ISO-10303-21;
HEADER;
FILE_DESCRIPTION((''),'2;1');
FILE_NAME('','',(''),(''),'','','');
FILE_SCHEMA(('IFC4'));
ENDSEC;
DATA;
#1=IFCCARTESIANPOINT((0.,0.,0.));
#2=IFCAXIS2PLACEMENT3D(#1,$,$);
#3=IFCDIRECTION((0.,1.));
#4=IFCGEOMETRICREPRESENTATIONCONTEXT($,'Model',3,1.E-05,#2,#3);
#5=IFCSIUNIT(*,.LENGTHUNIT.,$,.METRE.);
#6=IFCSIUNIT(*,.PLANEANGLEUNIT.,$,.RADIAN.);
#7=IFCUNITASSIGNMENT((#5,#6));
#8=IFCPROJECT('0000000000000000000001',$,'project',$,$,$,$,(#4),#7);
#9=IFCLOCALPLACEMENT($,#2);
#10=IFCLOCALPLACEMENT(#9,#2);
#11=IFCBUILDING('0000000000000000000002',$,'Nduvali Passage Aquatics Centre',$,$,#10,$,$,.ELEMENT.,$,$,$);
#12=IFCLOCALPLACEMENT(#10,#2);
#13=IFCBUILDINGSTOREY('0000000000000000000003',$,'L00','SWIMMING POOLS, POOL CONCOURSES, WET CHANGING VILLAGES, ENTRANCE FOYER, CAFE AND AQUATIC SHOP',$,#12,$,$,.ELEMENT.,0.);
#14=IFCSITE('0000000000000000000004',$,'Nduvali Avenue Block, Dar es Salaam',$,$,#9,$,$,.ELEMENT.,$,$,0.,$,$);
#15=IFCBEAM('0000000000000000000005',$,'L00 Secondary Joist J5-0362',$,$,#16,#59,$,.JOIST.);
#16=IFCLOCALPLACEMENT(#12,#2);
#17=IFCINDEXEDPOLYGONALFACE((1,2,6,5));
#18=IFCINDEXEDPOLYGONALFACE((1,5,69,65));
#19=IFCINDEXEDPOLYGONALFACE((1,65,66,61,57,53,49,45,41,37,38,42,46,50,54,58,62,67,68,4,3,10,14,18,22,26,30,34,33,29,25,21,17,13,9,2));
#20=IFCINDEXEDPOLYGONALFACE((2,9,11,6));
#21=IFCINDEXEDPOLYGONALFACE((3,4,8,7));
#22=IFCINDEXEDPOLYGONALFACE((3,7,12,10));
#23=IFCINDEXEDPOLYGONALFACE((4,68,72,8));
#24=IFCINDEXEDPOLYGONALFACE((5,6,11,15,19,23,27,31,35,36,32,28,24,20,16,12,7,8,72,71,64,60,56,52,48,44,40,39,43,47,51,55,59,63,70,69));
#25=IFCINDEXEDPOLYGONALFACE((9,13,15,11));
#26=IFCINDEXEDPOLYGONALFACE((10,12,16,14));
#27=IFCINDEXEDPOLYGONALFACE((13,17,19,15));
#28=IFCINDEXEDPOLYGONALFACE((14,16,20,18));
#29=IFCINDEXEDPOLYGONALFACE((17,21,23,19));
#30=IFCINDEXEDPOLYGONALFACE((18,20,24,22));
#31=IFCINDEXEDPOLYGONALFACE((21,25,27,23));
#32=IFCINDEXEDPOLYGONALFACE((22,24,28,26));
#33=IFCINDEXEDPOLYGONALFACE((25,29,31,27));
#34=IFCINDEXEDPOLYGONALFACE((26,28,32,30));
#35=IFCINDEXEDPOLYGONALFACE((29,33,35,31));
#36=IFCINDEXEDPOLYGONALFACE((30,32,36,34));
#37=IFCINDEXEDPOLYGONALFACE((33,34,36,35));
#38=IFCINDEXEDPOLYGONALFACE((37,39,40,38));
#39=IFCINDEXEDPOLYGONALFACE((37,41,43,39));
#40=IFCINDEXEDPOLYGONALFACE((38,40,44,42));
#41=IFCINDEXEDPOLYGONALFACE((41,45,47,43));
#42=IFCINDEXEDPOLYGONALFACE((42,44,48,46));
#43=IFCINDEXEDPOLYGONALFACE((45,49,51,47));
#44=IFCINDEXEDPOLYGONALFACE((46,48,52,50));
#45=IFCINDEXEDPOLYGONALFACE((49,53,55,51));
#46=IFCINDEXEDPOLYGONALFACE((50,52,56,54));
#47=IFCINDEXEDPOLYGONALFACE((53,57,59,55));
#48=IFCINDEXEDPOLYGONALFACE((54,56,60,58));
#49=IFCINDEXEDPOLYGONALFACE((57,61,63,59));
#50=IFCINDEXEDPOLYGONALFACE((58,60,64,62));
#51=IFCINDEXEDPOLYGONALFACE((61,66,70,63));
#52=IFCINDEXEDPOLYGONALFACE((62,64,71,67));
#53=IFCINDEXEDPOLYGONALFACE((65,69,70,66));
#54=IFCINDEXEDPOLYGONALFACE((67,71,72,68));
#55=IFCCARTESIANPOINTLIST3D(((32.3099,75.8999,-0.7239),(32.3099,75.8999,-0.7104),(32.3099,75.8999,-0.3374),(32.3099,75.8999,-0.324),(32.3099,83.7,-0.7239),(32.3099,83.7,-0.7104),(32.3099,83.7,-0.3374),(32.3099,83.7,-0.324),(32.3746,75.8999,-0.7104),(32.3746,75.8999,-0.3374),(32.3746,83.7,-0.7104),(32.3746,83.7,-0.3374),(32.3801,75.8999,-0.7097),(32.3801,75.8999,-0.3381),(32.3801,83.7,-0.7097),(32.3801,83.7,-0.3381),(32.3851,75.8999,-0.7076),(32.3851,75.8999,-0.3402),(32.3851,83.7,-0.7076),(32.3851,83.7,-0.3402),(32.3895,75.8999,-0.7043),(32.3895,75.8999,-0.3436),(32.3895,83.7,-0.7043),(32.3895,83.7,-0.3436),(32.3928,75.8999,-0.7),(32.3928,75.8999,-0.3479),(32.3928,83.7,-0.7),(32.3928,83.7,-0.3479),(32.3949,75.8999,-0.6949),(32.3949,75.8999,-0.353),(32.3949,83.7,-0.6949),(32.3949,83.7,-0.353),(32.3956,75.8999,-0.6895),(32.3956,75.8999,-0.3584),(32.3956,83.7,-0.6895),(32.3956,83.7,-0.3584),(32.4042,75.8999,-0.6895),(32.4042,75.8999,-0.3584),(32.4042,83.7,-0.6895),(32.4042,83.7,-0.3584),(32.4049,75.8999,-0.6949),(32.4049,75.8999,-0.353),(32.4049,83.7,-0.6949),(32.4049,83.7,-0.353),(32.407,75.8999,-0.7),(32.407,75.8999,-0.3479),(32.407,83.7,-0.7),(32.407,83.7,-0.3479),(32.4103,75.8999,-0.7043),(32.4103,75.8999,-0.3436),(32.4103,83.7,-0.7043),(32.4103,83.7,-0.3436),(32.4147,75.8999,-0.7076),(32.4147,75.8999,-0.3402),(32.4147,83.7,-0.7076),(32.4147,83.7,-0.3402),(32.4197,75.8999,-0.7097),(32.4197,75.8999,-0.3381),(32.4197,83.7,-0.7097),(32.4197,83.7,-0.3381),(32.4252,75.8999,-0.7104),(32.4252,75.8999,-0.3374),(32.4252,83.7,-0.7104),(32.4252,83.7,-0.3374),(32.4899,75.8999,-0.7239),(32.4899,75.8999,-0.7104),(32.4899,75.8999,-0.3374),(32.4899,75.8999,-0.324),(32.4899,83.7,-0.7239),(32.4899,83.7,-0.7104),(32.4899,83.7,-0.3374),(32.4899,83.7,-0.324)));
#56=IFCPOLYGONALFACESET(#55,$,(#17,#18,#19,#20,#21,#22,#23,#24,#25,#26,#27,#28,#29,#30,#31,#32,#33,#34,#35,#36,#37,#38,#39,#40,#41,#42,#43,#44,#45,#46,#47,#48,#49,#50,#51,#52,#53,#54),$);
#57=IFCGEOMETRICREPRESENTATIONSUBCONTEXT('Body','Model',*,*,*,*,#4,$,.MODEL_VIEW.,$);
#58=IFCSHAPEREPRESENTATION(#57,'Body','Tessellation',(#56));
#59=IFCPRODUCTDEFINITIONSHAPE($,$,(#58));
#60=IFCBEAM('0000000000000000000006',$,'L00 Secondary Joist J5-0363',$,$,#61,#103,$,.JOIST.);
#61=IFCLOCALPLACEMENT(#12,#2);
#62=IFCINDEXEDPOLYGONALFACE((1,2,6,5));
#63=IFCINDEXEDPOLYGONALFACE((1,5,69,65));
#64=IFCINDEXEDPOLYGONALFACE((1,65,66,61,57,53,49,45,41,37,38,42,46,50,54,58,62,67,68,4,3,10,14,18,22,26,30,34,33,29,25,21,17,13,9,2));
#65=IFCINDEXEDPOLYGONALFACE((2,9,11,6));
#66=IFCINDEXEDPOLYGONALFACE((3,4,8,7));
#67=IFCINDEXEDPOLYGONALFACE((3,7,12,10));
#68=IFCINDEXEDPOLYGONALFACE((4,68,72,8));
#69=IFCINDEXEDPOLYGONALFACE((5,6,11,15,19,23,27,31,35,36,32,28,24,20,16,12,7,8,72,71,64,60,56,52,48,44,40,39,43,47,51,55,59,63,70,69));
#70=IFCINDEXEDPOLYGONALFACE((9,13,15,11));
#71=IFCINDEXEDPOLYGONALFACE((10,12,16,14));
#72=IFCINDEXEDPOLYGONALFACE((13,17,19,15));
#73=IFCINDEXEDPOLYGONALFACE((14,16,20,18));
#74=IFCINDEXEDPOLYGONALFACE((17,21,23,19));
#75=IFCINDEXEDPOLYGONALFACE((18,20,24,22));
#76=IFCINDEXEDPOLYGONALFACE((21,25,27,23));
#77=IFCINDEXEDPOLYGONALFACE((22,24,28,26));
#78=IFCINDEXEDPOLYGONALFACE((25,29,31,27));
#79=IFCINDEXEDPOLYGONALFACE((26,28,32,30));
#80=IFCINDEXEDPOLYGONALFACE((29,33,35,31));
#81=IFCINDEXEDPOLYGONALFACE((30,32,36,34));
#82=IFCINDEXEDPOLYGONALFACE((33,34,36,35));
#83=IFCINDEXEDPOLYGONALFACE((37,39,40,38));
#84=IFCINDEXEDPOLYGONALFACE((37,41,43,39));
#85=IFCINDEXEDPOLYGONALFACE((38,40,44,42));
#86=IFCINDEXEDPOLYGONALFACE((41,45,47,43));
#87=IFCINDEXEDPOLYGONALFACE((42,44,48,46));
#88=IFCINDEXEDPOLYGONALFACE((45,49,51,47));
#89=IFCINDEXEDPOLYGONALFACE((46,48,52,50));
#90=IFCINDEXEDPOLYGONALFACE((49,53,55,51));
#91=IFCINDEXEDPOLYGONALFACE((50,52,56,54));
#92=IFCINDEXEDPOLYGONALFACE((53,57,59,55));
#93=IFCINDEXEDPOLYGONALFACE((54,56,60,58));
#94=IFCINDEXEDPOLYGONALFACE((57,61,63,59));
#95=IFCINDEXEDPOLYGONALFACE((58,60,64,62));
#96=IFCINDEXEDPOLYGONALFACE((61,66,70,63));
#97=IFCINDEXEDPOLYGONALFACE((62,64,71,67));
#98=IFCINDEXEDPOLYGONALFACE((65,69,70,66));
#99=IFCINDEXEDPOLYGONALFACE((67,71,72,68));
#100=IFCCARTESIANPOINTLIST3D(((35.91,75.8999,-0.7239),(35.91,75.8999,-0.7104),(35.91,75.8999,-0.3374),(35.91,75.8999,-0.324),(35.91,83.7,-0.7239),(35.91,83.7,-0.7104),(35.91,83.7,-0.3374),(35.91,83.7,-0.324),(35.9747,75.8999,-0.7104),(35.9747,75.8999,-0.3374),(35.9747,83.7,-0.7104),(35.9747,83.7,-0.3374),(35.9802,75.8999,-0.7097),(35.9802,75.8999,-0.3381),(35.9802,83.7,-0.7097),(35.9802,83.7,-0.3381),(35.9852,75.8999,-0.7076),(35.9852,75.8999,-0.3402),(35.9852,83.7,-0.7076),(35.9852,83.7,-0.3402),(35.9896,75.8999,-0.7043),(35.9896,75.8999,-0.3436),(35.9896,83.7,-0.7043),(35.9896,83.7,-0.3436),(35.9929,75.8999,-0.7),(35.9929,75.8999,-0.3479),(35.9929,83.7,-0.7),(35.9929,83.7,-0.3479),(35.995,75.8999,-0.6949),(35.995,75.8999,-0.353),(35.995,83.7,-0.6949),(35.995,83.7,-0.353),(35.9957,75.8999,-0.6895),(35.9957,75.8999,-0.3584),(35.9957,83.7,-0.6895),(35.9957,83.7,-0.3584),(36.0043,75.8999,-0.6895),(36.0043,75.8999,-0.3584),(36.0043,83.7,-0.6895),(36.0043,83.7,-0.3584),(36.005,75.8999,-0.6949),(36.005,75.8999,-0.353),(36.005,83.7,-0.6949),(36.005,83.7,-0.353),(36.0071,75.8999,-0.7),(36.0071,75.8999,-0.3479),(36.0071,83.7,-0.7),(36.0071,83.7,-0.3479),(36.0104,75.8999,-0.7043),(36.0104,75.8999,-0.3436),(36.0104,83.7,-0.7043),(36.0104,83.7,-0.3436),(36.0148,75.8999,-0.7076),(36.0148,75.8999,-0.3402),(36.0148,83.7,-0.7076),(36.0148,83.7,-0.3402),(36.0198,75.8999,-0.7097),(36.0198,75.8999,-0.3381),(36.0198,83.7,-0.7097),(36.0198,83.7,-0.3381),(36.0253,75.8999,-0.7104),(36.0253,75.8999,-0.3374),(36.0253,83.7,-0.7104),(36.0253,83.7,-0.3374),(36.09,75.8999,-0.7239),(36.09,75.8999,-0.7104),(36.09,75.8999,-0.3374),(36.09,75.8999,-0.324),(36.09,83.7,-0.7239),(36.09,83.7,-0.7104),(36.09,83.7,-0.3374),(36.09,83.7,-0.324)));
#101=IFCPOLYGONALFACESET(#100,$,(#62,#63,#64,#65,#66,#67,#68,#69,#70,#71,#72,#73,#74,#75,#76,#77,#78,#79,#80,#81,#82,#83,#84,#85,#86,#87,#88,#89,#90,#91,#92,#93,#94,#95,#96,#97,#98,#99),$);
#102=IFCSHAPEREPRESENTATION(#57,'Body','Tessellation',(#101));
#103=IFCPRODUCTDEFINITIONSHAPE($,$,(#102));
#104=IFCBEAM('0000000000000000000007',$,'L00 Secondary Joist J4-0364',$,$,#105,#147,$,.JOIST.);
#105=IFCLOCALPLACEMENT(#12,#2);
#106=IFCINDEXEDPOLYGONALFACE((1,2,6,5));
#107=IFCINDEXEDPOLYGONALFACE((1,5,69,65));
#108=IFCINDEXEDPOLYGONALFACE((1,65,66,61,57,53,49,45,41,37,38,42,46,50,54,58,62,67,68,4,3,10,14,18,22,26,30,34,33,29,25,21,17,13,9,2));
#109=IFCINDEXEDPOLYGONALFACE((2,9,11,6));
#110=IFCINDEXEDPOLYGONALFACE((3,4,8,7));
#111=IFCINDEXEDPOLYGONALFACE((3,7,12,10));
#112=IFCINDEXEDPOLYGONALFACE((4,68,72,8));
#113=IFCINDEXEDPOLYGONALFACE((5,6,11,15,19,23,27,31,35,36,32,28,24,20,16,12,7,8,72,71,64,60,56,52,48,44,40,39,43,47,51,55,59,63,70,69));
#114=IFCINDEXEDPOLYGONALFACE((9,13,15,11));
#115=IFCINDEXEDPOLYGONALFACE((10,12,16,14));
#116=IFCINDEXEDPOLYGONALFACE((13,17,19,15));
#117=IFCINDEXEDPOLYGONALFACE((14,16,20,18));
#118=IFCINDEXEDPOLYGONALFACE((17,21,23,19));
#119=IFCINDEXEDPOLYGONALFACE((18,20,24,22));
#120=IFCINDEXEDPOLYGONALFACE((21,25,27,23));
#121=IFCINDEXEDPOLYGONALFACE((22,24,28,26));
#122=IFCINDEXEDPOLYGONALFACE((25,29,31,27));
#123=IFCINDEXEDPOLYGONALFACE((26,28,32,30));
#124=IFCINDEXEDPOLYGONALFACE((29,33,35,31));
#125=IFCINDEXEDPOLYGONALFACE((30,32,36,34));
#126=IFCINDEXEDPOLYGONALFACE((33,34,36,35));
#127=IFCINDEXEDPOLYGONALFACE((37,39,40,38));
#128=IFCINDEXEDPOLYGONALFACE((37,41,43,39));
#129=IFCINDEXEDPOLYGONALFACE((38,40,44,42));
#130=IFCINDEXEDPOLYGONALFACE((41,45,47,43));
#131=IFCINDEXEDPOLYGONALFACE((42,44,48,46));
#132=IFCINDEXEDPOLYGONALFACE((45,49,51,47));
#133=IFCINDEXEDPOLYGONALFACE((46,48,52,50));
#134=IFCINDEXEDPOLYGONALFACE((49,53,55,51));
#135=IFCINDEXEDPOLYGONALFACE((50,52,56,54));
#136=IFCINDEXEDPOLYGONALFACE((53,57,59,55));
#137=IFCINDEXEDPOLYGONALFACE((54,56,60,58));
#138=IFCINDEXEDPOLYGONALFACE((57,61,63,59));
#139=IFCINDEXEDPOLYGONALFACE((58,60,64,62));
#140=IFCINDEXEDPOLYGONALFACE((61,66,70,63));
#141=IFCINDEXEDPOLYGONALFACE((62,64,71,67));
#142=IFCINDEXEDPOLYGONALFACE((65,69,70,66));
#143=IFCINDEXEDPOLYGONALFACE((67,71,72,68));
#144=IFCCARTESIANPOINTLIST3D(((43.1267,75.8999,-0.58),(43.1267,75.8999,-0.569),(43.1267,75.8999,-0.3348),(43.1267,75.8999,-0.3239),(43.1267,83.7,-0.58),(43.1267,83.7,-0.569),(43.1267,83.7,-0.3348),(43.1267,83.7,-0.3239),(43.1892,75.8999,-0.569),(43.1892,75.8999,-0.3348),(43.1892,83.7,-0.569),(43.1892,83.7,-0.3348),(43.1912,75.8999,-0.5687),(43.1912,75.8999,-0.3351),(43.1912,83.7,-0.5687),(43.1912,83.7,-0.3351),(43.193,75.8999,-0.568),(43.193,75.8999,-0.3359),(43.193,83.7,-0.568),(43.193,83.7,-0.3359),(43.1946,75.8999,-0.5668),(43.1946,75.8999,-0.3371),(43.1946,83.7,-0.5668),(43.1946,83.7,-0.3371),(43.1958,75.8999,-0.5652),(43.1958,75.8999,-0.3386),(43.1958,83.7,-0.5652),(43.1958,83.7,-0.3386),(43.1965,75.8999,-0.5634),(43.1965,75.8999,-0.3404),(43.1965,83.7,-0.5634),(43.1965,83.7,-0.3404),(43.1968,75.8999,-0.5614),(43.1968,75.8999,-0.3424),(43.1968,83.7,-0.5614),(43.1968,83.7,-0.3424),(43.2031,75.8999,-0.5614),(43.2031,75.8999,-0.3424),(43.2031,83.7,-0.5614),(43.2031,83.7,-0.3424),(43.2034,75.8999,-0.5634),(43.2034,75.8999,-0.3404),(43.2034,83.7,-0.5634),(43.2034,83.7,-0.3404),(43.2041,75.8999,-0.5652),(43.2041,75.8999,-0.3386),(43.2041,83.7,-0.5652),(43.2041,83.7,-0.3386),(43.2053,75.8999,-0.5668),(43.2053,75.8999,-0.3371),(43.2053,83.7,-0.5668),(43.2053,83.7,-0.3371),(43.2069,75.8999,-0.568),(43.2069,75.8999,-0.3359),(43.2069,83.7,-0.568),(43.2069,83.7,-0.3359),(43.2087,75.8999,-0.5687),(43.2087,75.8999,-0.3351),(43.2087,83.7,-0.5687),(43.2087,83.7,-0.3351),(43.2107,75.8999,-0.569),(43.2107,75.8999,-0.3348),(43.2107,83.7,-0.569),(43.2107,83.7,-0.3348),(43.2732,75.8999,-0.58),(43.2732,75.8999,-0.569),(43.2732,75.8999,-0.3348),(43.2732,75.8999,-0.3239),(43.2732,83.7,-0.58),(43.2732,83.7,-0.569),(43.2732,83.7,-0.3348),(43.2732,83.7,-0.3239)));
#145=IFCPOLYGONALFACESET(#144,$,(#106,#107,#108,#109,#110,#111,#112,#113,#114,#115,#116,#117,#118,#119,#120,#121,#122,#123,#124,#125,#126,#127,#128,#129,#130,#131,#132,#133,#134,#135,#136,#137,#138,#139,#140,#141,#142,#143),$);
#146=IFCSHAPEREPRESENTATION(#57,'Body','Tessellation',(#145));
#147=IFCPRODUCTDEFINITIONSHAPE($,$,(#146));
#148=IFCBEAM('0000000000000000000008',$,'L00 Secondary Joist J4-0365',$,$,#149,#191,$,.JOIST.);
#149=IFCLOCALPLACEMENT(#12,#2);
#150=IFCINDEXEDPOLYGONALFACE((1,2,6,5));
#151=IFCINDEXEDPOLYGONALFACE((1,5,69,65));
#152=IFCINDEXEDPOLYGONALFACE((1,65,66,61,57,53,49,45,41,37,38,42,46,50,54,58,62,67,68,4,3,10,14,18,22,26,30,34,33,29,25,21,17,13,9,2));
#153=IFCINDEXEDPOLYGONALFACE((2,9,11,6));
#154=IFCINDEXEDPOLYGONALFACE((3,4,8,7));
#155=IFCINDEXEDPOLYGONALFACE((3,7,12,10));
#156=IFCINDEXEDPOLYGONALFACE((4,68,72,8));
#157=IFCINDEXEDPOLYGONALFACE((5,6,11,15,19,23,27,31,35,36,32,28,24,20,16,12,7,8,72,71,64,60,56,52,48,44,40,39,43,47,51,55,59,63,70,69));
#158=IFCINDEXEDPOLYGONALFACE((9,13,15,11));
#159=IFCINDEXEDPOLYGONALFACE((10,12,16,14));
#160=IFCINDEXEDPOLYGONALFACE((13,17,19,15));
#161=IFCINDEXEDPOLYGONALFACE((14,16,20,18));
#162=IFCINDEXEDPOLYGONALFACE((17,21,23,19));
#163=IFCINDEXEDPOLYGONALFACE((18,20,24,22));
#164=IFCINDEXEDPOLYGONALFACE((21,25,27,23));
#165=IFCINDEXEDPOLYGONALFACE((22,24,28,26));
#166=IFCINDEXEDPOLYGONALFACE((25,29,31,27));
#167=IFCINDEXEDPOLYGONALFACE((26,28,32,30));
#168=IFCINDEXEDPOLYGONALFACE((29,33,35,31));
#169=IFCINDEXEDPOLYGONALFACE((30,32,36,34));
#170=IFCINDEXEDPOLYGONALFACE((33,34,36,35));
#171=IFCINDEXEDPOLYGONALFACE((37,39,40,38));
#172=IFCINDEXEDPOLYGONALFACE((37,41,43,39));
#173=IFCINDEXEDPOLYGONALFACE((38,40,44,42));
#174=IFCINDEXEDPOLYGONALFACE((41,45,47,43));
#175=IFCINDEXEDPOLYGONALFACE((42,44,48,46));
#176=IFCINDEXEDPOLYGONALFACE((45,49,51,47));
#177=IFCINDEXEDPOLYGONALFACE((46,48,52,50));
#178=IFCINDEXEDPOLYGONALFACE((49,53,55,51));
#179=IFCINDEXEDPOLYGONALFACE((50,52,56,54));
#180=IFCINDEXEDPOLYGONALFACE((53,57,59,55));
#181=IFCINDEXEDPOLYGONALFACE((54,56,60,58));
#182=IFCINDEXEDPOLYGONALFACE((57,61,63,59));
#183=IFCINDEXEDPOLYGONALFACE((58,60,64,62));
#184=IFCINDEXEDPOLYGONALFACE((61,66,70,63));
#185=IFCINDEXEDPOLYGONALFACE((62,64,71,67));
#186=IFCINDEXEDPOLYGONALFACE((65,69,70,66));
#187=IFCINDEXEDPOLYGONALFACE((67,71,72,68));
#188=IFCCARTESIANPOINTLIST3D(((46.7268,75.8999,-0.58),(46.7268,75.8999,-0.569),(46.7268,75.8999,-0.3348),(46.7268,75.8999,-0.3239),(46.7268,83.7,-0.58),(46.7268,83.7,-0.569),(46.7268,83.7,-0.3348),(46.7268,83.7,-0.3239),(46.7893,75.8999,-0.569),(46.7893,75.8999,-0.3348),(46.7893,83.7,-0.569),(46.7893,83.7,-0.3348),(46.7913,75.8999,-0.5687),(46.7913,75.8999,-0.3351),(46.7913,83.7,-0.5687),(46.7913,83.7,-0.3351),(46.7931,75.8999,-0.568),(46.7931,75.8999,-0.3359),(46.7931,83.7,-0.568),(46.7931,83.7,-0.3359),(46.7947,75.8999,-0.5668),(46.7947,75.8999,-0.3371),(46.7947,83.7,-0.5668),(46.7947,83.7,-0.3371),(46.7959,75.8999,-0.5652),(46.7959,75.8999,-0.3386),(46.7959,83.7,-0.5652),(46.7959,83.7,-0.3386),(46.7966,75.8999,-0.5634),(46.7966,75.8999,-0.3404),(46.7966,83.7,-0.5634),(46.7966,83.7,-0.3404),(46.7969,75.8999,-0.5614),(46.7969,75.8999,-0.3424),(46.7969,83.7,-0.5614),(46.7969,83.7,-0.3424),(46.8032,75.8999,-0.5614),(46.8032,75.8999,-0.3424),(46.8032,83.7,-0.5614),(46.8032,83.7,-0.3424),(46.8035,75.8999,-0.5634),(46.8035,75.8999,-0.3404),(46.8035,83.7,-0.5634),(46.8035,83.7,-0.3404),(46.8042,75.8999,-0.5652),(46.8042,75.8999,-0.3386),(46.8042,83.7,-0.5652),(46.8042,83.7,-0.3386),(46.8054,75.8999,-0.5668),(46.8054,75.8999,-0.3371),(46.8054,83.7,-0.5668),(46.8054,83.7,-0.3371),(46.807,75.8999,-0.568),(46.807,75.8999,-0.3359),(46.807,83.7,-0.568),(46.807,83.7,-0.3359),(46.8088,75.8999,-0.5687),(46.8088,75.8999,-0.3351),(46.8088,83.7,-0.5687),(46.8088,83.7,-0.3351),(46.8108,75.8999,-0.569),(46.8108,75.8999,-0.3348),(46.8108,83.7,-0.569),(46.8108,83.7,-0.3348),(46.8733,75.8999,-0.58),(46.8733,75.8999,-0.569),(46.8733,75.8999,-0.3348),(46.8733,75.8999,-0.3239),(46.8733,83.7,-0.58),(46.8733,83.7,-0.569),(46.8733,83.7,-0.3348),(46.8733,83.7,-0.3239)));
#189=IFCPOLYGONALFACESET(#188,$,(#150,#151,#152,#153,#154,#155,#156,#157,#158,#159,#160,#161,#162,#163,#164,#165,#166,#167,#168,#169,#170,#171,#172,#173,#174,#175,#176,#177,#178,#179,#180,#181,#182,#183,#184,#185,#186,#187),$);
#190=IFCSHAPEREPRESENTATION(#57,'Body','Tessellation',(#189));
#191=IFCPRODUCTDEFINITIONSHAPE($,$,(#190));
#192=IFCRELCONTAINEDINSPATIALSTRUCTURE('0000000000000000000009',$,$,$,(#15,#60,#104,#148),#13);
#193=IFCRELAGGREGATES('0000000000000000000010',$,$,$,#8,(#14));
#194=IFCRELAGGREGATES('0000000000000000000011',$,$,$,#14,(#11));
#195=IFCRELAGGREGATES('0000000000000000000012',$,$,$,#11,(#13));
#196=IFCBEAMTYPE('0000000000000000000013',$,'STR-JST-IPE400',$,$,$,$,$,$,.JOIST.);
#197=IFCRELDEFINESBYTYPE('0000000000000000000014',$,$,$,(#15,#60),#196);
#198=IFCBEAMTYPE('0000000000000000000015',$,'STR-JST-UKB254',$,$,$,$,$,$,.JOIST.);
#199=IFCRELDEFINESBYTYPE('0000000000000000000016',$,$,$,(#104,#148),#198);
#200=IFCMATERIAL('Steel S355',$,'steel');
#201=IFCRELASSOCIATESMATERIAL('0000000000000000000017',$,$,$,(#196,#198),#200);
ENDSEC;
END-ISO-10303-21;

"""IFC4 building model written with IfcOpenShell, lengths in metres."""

from ifc_helpers import new_model, si_unit, direction, frame, origin, origin_2d, place, context, subcontext, project, spatial, i_section, extrude, material, material_profile, profile_set, type_object, element, save


model = new_model("IFC4")

# Units and contexts
model_context = context("Model", 3, precision=1e-05, world=origin(), true_north=direction((0.0, 1.0)))
body_context = subcontext(model_context, "Body", "Model", "MODEL_VIEW")
ifc_project = project(units=[si_unit("LENGTHUNIT", "METRE"), si_unit("PLANEANGLEUNIT", "RADIAN")], contexts=[model_context])

# Site, building, storey
site_placement = place(None, origin())
site = spatial("IfcSite", under=ifc_project, at=site_placement, Name="Nduvali Avenue Block, Dar es Salaam", CompositionType="ELEMENT", RefElevation=0.0)
building_placement = place(site_placement, origin())
building = spatial("IfcBuilding", under=site, at=building_placement, Name="Nduvali Passage Aquatics Centre", CompositionType="ELEMENT")
storey_placement = place(building_placement, origin())
storey = spatial("IfcBuildingStorey", under=building, at=storey_placement, Name="L00", Description="SWIMMING POOLS, POOL CONCOURSES, WET CHANGING VILLAGES, ENTRANCE FOYER, CAFE AND AQUATIC SHOP", CompositionType="ELEMENT", Elevation=0.0)

# Beams
ifc_material_1 = material(Name="Steel S355", Category="steel")
ifc_material_profile_1 = material_profile(ifc_material_1, i_section(OverallWidth=0.1799, OverallDepth=0.3999, WebThickness=0.0085, FlangeThickness=0.0134, FilletRadius=0.021, at=origin_2d()), Name="IPE 400")
ifc_profile_set_1 = profile_set([ifc_material_profile_1], Name="Steel S355")
beam_type_1 = type_object("IfcBeamType", Name="STR-JST-IPE400", PredefinedType="JOIST", material=ifc_profile_set_1)
for number, where, z_axis, x_axis, name in (
    (1, (32.3999, 75.8999, -0.5239), (0.0, 1.0, 0.0), (-1.0, 0.0, 0.0), "L00 Secondary Joist J5-0362"),
    (2, (36.0, 75.8999, -0.5239), (0.0, 1.0, 0.0), (-1.0, 0.0, 0.0), "L00 Secondary Joist J5-0363"),
):
    element("IfcBeam", number, at=place(storey_placement, frame(where, z_axis=z_axis, x_axis=x_axis)), inside=storey, type_object=beam_type_1, Name=name, PredefinedType="JOIST", context=body_context, shape_type="SweptSolid", body=[
        extrude(i_section(OverallWidth=0.1799, OverallDepth=0.3999, WebThickness=0.0085, FlangeThickness=0.0134, FilletRadius=0.021, at=origin_2d()), origin(), (0.0, 0.0, 1.0), 7.8),
    ])
ifc_material_profile_2 = material_profile(ifc_material_1, i_section(OverallWidth=0.1465, OverallDepth=0.2561, WebThickness=0.0063, FlangeThickness=0.011, FilletRadius=0.0076, at=origin_2d()), Name="UKB 254x146x37")
ifc_profile_set_2 = profile_set([ifc_material_profile_2], Name="Steel S355")
beam_type_2 = type_object("IfcBeamType", Name="STR-JST-UKB254", PredefinedType="JOIST", material=ifc_profile_set_2)
for number, where, z_axis, x_axis, name in (
    (3, (43.2, 75.8999, -0.4519), (0.0, 1.0, 0.0), (-1.0, 0.0, 0.0), "L00 Secondary Joist J4-0364"),
    (4, (46.8, 75.8999, -0.4519), (0.0, 1.0, 0.0), (-1.0, 0.0, 0.0), "L00 Secondary Joist J4-0365"),
):
    element("IfcBeam", number, at=place(storey_placement, frame(where, z_axis=z_axis, x_axis=x_axis)), inside=storey, type_object=beam_type_2, Name=name, PredefinedType="JOIST", context=body_context, shape_type="SweptSolid", body=[
        extrude(i_section(OverallWidth=0.1465, OverallDepth=0.2561, WebThickness=0.0063, FlangeThickness=0.011, FilletRadius=0.0076, at=origin_2d()), origin(), (0.0, 0.0, 1.0), 7.8),
    ])

save(model, "model.ifc")
